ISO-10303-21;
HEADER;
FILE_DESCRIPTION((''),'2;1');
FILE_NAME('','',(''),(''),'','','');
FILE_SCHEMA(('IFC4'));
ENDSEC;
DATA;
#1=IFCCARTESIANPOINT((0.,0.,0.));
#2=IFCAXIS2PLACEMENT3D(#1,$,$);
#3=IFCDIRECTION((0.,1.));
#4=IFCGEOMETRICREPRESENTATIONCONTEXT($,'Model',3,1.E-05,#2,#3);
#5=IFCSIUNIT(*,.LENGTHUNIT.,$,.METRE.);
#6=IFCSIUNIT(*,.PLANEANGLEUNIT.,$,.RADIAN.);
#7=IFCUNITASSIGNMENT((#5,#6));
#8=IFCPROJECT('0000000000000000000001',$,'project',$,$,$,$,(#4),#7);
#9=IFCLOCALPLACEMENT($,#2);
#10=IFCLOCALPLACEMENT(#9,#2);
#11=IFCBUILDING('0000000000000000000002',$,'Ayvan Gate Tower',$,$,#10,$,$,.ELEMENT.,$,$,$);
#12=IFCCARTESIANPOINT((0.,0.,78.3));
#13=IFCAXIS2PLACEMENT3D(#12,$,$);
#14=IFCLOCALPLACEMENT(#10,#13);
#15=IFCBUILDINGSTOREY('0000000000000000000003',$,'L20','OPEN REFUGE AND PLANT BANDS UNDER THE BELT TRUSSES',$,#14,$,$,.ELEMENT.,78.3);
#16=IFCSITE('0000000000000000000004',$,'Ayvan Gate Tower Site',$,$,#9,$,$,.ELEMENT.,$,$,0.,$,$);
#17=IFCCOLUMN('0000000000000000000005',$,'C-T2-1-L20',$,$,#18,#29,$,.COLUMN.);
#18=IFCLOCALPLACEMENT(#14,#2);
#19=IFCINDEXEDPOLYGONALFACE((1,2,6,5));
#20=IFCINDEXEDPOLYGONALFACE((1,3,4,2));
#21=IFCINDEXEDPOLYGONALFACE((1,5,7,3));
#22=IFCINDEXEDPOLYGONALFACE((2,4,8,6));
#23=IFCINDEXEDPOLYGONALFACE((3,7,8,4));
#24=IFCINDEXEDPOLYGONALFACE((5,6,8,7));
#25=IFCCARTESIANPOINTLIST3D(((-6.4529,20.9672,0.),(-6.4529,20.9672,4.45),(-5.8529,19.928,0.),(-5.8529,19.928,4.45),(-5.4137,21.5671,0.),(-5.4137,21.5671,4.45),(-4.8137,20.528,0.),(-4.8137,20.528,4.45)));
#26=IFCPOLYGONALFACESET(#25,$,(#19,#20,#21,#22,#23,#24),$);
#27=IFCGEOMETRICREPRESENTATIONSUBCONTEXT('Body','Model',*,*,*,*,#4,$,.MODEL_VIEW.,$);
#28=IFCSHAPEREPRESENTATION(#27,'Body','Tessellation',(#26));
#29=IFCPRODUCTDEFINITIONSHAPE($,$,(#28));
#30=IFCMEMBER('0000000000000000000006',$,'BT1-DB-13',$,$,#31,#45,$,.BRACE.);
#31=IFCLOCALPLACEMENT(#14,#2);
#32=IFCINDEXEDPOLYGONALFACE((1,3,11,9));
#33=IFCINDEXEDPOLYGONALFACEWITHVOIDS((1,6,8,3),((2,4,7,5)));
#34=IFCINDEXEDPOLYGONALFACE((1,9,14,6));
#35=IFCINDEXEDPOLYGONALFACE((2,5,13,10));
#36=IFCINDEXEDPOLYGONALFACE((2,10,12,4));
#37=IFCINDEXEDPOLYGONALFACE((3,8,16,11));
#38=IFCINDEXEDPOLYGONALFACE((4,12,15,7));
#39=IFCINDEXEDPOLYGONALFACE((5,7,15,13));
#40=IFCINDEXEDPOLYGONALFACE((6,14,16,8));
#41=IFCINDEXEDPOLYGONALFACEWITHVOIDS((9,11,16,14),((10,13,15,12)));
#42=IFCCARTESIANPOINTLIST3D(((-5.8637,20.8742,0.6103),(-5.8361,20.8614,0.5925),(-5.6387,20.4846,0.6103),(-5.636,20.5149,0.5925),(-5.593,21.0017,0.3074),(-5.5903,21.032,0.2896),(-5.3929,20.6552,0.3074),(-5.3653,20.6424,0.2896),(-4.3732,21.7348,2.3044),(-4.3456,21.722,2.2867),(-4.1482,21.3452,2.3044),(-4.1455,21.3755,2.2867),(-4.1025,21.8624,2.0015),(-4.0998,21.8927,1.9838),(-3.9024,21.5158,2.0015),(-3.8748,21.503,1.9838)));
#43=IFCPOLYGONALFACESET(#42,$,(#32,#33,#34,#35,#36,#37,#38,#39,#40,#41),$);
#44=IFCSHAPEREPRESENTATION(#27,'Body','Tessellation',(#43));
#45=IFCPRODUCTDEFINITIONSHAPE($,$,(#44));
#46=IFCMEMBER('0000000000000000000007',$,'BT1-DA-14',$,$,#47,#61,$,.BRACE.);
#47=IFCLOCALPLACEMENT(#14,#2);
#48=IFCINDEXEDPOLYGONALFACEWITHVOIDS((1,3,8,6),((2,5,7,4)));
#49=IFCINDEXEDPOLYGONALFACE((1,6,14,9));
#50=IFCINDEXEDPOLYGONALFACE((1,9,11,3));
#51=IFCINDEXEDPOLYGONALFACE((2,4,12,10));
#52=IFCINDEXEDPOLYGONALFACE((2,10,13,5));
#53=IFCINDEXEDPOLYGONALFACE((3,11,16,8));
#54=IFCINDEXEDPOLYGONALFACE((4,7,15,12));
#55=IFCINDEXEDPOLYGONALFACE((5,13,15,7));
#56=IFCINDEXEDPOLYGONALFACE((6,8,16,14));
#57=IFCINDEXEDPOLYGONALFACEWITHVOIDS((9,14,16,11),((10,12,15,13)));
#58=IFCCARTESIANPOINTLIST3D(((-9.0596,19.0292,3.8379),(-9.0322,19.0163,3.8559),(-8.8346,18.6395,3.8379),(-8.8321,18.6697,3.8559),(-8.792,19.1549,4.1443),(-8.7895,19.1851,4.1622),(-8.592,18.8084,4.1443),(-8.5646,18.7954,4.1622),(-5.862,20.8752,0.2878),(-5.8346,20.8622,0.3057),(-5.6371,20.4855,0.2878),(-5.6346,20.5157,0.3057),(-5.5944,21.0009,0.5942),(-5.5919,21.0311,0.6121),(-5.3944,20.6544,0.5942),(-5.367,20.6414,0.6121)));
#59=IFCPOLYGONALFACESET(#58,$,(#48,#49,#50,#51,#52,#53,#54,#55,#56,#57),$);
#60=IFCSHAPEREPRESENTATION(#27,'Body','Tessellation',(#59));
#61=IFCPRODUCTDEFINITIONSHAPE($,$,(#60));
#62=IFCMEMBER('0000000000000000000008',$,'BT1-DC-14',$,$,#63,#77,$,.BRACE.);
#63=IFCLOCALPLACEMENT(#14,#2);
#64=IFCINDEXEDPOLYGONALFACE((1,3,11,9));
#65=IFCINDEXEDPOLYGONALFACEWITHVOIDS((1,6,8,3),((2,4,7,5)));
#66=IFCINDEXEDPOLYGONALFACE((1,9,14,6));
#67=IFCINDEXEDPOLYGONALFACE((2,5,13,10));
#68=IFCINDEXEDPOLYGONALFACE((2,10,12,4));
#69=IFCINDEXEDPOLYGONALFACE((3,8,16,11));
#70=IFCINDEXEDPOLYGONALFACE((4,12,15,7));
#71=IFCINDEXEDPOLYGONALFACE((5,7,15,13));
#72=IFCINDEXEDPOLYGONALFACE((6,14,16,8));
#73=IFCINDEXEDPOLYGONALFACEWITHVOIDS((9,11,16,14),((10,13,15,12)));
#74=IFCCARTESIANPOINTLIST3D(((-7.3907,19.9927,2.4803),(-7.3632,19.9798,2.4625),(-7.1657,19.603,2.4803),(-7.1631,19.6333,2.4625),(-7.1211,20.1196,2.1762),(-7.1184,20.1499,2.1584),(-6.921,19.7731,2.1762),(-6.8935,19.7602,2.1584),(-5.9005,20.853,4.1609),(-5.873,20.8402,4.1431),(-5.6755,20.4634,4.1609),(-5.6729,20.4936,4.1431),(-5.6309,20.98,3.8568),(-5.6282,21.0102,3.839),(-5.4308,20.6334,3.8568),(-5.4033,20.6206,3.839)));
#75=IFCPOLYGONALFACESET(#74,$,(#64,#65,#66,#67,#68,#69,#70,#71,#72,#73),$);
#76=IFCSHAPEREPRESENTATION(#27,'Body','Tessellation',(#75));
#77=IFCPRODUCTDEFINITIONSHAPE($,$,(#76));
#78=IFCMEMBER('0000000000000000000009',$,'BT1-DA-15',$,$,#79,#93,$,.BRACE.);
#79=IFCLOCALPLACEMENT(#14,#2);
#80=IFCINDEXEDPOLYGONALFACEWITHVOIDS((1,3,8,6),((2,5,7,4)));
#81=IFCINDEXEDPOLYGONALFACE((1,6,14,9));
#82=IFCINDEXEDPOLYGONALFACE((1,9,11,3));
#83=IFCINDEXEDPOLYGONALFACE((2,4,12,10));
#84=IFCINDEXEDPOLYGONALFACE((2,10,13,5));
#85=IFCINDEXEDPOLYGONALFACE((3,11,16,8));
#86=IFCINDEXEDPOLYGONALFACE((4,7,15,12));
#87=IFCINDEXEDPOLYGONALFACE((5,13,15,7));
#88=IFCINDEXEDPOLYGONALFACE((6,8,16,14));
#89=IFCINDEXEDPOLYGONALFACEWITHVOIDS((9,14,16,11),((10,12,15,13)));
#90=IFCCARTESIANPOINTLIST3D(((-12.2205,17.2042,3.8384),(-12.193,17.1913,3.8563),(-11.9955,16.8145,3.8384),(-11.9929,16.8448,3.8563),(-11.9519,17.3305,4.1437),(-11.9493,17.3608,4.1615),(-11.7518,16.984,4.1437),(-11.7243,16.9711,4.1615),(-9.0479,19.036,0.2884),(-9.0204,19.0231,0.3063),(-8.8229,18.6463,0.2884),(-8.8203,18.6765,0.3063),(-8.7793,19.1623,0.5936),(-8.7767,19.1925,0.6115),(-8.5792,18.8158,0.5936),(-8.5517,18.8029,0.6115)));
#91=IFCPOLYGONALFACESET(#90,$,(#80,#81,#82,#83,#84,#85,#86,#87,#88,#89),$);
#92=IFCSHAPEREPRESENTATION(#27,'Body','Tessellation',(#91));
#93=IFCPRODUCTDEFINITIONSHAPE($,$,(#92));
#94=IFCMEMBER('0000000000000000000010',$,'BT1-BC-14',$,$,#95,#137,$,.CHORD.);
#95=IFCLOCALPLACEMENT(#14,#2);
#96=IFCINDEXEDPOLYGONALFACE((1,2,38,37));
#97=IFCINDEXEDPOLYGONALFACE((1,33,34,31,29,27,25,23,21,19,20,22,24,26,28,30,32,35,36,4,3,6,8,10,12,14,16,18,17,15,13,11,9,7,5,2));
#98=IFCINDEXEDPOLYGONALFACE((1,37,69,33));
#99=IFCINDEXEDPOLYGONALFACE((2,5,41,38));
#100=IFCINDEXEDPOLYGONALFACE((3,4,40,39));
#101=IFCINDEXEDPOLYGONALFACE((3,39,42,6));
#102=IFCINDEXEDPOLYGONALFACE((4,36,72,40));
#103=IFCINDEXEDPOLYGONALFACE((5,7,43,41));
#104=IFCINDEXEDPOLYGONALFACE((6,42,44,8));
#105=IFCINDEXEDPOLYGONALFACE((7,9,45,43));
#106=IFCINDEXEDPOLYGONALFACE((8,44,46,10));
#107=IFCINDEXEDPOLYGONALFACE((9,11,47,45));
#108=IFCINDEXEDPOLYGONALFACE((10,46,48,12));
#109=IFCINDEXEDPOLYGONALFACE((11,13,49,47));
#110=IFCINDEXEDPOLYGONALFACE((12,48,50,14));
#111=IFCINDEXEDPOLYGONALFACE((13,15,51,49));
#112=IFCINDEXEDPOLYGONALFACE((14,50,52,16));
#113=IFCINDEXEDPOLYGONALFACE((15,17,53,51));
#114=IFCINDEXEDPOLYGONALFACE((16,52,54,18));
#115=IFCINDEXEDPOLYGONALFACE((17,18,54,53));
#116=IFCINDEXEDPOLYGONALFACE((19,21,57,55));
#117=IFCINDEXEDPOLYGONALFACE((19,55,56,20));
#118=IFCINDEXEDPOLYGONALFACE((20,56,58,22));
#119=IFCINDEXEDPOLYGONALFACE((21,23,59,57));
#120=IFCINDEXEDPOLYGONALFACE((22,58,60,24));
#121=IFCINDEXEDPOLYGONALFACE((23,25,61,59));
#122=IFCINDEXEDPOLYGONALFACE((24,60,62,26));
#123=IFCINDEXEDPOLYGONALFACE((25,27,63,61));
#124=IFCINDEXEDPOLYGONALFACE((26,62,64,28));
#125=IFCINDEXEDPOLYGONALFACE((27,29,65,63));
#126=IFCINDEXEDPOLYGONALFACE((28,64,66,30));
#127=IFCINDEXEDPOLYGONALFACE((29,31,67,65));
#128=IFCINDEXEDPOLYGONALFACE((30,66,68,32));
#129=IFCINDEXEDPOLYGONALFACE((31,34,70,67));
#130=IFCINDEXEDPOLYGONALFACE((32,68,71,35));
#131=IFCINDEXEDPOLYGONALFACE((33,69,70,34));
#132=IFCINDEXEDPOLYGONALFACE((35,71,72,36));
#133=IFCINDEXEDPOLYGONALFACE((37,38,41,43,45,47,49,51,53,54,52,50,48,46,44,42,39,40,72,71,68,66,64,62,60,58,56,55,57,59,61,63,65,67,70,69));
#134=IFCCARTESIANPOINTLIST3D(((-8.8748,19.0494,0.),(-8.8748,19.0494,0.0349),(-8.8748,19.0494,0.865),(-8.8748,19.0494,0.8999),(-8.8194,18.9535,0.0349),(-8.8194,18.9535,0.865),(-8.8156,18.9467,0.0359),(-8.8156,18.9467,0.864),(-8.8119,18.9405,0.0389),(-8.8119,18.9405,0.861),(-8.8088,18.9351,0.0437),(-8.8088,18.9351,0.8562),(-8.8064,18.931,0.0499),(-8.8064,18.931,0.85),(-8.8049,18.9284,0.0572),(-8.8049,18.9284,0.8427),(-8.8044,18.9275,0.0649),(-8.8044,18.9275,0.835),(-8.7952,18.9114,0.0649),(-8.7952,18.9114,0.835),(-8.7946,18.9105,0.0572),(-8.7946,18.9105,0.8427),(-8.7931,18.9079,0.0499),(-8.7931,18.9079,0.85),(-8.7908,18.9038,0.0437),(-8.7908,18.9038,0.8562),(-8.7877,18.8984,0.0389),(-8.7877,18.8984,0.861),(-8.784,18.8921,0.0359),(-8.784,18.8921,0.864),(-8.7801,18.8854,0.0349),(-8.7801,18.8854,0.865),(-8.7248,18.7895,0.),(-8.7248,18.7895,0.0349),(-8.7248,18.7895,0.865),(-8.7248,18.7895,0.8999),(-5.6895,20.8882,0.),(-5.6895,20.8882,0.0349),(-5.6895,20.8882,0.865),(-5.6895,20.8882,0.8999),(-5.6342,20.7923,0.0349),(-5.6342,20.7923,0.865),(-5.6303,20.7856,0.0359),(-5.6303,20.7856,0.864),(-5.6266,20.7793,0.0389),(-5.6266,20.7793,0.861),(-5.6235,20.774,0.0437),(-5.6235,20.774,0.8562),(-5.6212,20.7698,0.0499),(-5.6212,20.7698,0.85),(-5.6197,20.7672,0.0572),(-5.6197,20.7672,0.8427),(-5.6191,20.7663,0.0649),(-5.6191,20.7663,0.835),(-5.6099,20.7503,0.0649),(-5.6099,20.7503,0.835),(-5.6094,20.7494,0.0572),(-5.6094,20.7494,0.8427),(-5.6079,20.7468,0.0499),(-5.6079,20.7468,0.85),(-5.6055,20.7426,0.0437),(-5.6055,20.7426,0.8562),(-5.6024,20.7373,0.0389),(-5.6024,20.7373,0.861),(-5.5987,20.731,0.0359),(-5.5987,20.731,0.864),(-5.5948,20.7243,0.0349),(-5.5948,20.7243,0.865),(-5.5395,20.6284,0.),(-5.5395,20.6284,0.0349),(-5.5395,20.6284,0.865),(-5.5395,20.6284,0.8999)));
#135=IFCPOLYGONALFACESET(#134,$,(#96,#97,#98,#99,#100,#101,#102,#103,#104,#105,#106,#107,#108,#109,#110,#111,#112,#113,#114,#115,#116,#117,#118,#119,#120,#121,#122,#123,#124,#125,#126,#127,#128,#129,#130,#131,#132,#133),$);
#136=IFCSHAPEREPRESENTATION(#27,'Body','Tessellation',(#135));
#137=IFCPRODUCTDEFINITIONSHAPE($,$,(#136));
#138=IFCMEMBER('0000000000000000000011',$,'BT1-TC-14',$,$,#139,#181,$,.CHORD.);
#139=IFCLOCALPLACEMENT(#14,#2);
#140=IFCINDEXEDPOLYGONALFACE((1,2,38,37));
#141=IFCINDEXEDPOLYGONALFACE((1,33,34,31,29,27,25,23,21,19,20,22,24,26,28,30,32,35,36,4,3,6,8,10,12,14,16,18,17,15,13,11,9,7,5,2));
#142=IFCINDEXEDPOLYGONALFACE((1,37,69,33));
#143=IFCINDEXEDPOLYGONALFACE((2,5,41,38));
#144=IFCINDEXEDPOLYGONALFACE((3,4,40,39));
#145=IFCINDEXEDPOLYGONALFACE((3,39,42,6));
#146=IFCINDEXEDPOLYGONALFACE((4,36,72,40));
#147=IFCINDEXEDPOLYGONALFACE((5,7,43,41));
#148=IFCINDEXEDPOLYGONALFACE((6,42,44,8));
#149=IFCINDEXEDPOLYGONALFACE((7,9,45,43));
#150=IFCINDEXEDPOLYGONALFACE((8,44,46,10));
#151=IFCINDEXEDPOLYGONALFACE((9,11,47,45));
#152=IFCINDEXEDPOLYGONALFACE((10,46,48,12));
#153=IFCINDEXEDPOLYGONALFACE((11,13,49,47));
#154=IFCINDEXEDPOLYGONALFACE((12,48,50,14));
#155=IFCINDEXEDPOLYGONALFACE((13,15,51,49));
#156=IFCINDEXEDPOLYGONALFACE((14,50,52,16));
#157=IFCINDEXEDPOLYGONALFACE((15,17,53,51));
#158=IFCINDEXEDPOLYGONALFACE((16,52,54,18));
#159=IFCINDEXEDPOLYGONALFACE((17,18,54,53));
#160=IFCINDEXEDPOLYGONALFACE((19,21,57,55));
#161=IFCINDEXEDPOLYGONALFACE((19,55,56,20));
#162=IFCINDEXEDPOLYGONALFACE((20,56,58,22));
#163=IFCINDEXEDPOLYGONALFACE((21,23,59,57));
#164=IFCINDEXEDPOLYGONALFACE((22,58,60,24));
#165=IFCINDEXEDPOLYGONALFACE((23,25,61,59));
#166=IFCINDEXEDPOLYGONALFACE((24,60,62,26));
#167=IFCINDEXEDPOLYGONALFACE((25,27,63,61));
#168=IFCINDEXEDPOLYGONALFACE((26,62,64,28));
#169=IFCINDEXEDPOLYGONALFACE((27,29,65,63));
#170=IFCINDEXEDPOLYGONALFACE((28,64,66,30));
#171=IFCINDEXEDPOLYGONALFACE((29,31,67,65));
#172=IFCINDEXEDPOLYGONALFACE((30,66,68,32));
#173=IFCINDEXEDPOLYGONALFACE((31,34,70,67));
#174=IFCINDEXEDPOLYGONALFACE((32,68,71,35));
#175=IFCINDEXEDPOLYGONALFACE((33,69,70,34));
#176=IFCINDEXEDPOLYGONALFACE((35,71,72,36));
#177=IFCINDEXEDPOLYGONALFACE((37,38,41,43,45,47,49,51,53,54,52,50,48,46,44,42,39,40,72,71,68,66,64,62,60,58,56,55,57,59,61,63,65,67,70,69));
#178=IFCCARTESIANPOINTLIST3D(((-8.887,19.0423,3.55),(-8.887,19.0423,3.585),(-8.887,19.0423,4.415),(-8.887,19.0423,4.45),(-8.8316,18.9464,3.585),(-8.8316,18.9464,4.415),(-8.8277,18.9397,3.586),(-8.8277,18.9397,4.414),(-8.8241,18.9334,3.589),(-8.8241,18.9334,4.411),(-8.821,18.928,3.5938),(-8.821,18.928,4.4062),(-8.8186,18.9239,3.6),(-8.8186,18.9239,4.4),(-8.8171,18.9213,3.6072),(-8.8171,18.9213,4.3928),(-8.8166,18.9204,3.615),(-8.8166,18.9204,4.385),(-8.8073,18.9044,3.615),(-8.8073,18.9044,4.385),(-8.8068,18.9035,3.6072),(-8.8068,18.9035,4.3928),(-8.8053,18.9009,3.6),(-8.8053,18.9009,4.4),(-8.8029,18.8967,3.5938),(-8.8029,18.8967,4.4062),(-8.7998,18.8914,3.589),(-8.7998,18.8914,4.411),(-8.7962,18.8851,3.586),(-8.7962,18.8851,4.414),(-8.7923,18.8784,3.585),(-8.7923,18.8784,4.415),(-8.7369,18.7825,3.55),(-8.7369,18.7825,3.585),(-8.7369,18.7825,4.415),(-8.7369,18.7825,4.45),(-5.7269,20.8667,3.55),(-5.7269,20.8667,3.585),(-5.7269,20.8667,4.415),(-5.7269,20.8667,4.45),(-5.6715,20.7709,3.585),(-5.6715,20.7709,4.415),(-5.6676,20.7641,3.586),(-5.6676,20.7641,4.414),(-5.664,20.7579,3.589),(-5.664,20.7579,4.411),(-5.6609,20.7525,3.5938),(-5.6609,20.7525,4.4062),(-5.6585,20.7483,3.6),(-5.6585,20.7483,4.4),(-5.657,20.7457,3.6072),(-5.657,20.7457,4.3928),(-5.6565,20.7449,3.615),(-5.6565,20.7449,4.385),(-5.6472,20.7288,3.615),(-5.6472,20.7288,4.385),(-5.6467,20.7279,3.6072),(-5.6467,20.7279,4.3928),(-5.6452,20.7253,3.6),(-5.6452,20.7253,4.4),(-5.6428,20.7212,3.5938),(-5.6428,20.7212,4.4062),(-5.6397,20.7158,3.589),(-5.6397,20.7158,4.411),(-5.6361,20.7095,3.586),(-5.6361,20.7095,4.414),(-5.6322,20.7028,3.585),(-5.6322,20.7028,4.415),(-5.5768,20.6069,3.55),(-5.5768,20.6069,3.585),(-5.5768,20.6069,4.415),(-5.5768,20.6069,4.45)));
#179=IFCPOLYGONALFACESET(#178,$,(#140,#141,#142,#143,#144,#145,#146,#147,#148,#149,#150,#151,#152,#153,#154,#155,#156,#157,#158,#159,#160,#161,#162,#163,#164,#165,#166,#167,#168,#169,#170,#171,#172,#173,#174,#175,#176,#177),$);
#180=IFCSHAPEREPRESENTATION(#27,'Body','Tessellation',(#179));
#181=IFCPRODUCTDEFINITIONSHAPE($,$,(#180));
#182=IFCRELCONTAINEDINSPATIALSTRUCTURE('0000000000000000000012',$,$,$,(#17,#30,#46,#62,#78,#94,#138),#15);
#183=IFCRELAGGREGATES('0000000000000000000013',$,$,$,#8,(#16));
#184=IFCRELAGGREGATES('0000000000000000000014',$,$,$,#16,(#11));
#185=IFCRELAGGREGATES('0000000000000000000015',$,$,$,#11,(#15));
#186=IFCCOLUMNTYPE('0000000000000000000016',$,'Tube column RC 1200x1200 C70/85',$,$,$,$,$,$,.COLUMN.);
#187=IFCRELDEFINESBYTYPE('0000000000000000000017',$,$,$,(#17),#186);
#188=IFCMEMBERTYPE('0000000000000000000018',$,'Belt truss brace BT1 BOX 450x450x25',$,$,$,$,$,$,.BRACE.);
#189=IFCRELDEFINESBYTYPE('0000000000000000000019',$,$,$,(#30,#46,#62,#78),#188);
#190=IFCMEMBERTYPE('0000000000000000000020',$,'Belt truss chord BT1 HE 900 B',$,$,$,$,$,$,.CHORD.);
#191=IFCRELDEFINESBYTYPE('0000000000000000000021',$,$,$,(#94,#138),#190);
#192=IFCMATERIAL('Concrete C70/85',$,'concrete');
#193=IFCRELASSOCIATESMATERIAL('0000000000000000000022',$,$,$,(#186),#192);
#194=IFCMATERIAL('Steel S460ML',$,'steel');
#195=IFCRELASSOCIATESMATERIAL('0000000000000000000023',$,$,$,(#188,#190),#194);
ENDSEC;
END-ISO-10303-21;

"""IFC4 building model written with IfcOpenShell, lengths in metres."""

from ifc_helpers import new_model, si_unit, direction, frame, origin, origin_2d, place, context, subcontext, project, spatial, rectangle, hollow_rectangle, i_section, extrude, material, material_profile, profile_set, type_object, element, save


model = new_model("IFC4")

# Units and contexts
model_context = context("Model", 3, precision=1e-05, world=origin(), true_north=direction((0.0, 1.0)))
body_context = subcontext(model_context, "Body", "Model", "MODEL_VIEW")
ifc_project = project(units=[si_unit("LENGTHUNIT", "METRE"), si_unit("PLANEANGLEUNIT", "RADIAN")], contexts=[model_context])

# Site, building, storey
site_placement = place(None, origin())
site = spatial("IfcSite", under=ifc_project, at=site_placement, Name="Ayvan Gate Tower Site", CompositionType="ELEMENT", RefElevation=0.0)
building_placement = place(site_placement, origin())
building = spatial("IfcBuilding", under=site, at=building_placement, Name="Ayvan Gate Tower", CompositionType="ELEMENT")
storey_placement = place(building_placement, frame((0.0, 0.0, 78.3)))
storey = spatial("IfcBuildingStorey", under=building, at=storey_placement, Name="L20", Description="OPEN REFUGE AND PLANT BANDS UNDER THE BELT TRUSSES", CompositionType="ELEMENT", Elevation=78.3)

# Column
ifc_material_1 = material(Name="Concrete C70/85", Category="concrete")
ifc_material_profile_1 = material_profile(ifc_material_1, rectangle(XDim=1.2, YDim=1.2, at=origin_2d()), Name="RC 1200x1200")
ifc_profile_set_1 = profile_set([ifc_material_profile_1], Name="Concrete C70/85")
column_type = type_object("IfcColumnType", Name="Tube column RC 1200x1200 C70/85", PredefinedType="COLUMN", material=ifc_profile_set_1)
column_placement = place(storey_placement, frame((-5.6333, 20.7476, 0.0), z_axis=(0.0, 0.0, 1.0), x_axis=(-0.5, 0.866025, 0.0)))
element("IfcColumn", 1, at=column_placement, inside=storey, type_object=column_type, Name="C-T2-1-L20", PredefinedType="COLUMN", context=body_context, shape_type="SweptSolid", body=[
    extrude(rectangle(XDim=1.2, YDim=1.2, at=origin_2d()), origin(), (0.0, 0.0, 1.0), 4.45),
])

# Members
ifc_material_2 = material(Name="Steel S460ML", Category="steel")
ifc_material_profile_2 = material_profile(ifc_material_2, hollow_rectangle(XDim=0.45, YDim=0.45, WallThickness=0.0249, at=origin_2d()), Name="BOX 450x450x25")
ifc_profile_set_2 = profile_set([ifc_material_profile_2], Name="Steel S460ML")
member_type_1 = type_object("IfcMemberType", Name="Belt truss brace BT1 BOX 450x450x25", PredefinedType="BRACE", material=ifc_profile_set_2)
member_1_placement = place(storey_placement, frame((-5.6145, 20.7583, 0.45), z_axis=(0.617182, 0.356358, 0.701495), x_axis=(-0.500029, 0.866008, 0.0)))
element("IfcMember", 2, at=member_1_placement, inside=storey, type_object=member_type_1, Name="BT1-DB-13", PredefinedType="BRACE", context=body_context, shape_type="SweptSolid", body=[
    extrude(hollow_rectangle(XDim=0.45, YDim=0.45, WallThickness=0.0249, at=origin_2d()), origin(), (0.0, 0.0, 1.0), 2.415),
])
member_2_placement = place(storey_placement, frame((-5.6145, 20.7583, 0.45), z_axis=(-0.624275, -0.360399, 0.693104), x_axis=(0.499972, -0.866041, 0.0)))
element("IfcMember", 3, at=member_2_placement, inside=storey, type_object=member_type_1, Name="BT1-DA-14", PredefinedType="BRACE", context=body_context, shape_type="SweptSolid", body=[
    extrude(hollow_rectangle(XDim=0.45, YDim=0.45, WallThickness=0.0249, at=origin_2d()), origin(), (0.0, 0.0, 1.0), 5.1221),
])
member_3_placement = place(storey_placement, frame((-7.1421, 19.8765, 2.3193), z_axis=(0.619554, 0.357685, 0.698724), x_axis=(-0.499984, 0.866034, 0.0)))
element("IfcMember", 4, at=member_3_placement, inside=storey, type_object=member_type_1, Name="BT1-DC-14", PredefinedType="BRACE", context=body_context, shape_type="SweptSolid", body=[
    extrude(hollow_rectangle(XDim=0.45, YDim=0.45, WallThickness=0.0249, at=origin_2d()), origin(), (0.0, 0.0, 1.0), 2.4053),
])
member_4_placement = place(storey_placement, frame((-8.7998, 18.9194, 0.45), z_axis=(-0.621916, -0.359079, 0.695904), x_axis=(0.500017, -0.866016, 0.0)))
element("IfcMember", 5, at=member_4_placement, inside=storey, type_object=member_type_1, Name="BT1-DA-15", PredefinedType="BRACE", context=body_context, shape_type="SweptSolid", body=[
    extrude(hollow_rectangle(XDim=0.45, YDim=0.45, WallThickness=0.0249, at=origin_2d()), origin(), (0.0, 0.0, 1.0), 5.1013),
])
ifc_material_profile_3 = material_profile(ifc_material_2, i_section(OverallWidth=0.3, OverallDepth=0.8999, WebThickness=0.0186, FlangeThickness=0.0349, FilletRadius=0.03, at=origin_2d()), Name="HE 900 B")
ifc_profile_set_3 = profile_set([ifc_material_profile_3], Name="Steel S460ML")
member_type_2 = type_object("IfcMemberType", Name="Belt truss chord BT1 HE 900 B", PredefinedType="CHORD", material=ifc_profile_set_3)
member_5_placement = place(storey_placement, frame((-5.6145, 20.7583, 0.45), z_axis=(-0.866045, -0.499966, 0.0), x_axis=(0.499966, -0.866045, 0.0)))
element("IfcMember", 6, at=member_5_placement, inside=storey, type_object=member_type_2, Name="BT1-BC-14", PredefinedType="CHORD", context=body_context, shape_type="SweptSolid", body=[
    extrude(i_section(OverallWidth=0.3, OverallDepth=0.8999, WebThickness=0.0186, FlangeThickness=0.0349, FilletRadius=0.03, at=origin_2d()), origin(), (0.0, 0.0, 1.0), 3.678),
])
member_6_placement = place(storey_placement, frame((-5.6519, 20.7368, 4.0), z_axis=(-0.866032, -0.499989, 0.0), x_axis=(0.499989, -0.866032, 0.0)))
element("IfcMember", 7, at=member_6_placement, inside=storey, type_object=member_type_2, Name="BT1-TC-14", PredefinedType="CHORD", context=body_context, shape_type="SweptSolid", body=[
    extrude(i_section(OverallWidth=0.3, OverallDepth=0.8999, WebThickness=0.0186, FlangeThickness=0.0349, FilletRadius=0.03, at=origin_2d()), origin(), (0.0, 0.0, 1.0), 3.6489),
])

save(model, "model.ifc")
